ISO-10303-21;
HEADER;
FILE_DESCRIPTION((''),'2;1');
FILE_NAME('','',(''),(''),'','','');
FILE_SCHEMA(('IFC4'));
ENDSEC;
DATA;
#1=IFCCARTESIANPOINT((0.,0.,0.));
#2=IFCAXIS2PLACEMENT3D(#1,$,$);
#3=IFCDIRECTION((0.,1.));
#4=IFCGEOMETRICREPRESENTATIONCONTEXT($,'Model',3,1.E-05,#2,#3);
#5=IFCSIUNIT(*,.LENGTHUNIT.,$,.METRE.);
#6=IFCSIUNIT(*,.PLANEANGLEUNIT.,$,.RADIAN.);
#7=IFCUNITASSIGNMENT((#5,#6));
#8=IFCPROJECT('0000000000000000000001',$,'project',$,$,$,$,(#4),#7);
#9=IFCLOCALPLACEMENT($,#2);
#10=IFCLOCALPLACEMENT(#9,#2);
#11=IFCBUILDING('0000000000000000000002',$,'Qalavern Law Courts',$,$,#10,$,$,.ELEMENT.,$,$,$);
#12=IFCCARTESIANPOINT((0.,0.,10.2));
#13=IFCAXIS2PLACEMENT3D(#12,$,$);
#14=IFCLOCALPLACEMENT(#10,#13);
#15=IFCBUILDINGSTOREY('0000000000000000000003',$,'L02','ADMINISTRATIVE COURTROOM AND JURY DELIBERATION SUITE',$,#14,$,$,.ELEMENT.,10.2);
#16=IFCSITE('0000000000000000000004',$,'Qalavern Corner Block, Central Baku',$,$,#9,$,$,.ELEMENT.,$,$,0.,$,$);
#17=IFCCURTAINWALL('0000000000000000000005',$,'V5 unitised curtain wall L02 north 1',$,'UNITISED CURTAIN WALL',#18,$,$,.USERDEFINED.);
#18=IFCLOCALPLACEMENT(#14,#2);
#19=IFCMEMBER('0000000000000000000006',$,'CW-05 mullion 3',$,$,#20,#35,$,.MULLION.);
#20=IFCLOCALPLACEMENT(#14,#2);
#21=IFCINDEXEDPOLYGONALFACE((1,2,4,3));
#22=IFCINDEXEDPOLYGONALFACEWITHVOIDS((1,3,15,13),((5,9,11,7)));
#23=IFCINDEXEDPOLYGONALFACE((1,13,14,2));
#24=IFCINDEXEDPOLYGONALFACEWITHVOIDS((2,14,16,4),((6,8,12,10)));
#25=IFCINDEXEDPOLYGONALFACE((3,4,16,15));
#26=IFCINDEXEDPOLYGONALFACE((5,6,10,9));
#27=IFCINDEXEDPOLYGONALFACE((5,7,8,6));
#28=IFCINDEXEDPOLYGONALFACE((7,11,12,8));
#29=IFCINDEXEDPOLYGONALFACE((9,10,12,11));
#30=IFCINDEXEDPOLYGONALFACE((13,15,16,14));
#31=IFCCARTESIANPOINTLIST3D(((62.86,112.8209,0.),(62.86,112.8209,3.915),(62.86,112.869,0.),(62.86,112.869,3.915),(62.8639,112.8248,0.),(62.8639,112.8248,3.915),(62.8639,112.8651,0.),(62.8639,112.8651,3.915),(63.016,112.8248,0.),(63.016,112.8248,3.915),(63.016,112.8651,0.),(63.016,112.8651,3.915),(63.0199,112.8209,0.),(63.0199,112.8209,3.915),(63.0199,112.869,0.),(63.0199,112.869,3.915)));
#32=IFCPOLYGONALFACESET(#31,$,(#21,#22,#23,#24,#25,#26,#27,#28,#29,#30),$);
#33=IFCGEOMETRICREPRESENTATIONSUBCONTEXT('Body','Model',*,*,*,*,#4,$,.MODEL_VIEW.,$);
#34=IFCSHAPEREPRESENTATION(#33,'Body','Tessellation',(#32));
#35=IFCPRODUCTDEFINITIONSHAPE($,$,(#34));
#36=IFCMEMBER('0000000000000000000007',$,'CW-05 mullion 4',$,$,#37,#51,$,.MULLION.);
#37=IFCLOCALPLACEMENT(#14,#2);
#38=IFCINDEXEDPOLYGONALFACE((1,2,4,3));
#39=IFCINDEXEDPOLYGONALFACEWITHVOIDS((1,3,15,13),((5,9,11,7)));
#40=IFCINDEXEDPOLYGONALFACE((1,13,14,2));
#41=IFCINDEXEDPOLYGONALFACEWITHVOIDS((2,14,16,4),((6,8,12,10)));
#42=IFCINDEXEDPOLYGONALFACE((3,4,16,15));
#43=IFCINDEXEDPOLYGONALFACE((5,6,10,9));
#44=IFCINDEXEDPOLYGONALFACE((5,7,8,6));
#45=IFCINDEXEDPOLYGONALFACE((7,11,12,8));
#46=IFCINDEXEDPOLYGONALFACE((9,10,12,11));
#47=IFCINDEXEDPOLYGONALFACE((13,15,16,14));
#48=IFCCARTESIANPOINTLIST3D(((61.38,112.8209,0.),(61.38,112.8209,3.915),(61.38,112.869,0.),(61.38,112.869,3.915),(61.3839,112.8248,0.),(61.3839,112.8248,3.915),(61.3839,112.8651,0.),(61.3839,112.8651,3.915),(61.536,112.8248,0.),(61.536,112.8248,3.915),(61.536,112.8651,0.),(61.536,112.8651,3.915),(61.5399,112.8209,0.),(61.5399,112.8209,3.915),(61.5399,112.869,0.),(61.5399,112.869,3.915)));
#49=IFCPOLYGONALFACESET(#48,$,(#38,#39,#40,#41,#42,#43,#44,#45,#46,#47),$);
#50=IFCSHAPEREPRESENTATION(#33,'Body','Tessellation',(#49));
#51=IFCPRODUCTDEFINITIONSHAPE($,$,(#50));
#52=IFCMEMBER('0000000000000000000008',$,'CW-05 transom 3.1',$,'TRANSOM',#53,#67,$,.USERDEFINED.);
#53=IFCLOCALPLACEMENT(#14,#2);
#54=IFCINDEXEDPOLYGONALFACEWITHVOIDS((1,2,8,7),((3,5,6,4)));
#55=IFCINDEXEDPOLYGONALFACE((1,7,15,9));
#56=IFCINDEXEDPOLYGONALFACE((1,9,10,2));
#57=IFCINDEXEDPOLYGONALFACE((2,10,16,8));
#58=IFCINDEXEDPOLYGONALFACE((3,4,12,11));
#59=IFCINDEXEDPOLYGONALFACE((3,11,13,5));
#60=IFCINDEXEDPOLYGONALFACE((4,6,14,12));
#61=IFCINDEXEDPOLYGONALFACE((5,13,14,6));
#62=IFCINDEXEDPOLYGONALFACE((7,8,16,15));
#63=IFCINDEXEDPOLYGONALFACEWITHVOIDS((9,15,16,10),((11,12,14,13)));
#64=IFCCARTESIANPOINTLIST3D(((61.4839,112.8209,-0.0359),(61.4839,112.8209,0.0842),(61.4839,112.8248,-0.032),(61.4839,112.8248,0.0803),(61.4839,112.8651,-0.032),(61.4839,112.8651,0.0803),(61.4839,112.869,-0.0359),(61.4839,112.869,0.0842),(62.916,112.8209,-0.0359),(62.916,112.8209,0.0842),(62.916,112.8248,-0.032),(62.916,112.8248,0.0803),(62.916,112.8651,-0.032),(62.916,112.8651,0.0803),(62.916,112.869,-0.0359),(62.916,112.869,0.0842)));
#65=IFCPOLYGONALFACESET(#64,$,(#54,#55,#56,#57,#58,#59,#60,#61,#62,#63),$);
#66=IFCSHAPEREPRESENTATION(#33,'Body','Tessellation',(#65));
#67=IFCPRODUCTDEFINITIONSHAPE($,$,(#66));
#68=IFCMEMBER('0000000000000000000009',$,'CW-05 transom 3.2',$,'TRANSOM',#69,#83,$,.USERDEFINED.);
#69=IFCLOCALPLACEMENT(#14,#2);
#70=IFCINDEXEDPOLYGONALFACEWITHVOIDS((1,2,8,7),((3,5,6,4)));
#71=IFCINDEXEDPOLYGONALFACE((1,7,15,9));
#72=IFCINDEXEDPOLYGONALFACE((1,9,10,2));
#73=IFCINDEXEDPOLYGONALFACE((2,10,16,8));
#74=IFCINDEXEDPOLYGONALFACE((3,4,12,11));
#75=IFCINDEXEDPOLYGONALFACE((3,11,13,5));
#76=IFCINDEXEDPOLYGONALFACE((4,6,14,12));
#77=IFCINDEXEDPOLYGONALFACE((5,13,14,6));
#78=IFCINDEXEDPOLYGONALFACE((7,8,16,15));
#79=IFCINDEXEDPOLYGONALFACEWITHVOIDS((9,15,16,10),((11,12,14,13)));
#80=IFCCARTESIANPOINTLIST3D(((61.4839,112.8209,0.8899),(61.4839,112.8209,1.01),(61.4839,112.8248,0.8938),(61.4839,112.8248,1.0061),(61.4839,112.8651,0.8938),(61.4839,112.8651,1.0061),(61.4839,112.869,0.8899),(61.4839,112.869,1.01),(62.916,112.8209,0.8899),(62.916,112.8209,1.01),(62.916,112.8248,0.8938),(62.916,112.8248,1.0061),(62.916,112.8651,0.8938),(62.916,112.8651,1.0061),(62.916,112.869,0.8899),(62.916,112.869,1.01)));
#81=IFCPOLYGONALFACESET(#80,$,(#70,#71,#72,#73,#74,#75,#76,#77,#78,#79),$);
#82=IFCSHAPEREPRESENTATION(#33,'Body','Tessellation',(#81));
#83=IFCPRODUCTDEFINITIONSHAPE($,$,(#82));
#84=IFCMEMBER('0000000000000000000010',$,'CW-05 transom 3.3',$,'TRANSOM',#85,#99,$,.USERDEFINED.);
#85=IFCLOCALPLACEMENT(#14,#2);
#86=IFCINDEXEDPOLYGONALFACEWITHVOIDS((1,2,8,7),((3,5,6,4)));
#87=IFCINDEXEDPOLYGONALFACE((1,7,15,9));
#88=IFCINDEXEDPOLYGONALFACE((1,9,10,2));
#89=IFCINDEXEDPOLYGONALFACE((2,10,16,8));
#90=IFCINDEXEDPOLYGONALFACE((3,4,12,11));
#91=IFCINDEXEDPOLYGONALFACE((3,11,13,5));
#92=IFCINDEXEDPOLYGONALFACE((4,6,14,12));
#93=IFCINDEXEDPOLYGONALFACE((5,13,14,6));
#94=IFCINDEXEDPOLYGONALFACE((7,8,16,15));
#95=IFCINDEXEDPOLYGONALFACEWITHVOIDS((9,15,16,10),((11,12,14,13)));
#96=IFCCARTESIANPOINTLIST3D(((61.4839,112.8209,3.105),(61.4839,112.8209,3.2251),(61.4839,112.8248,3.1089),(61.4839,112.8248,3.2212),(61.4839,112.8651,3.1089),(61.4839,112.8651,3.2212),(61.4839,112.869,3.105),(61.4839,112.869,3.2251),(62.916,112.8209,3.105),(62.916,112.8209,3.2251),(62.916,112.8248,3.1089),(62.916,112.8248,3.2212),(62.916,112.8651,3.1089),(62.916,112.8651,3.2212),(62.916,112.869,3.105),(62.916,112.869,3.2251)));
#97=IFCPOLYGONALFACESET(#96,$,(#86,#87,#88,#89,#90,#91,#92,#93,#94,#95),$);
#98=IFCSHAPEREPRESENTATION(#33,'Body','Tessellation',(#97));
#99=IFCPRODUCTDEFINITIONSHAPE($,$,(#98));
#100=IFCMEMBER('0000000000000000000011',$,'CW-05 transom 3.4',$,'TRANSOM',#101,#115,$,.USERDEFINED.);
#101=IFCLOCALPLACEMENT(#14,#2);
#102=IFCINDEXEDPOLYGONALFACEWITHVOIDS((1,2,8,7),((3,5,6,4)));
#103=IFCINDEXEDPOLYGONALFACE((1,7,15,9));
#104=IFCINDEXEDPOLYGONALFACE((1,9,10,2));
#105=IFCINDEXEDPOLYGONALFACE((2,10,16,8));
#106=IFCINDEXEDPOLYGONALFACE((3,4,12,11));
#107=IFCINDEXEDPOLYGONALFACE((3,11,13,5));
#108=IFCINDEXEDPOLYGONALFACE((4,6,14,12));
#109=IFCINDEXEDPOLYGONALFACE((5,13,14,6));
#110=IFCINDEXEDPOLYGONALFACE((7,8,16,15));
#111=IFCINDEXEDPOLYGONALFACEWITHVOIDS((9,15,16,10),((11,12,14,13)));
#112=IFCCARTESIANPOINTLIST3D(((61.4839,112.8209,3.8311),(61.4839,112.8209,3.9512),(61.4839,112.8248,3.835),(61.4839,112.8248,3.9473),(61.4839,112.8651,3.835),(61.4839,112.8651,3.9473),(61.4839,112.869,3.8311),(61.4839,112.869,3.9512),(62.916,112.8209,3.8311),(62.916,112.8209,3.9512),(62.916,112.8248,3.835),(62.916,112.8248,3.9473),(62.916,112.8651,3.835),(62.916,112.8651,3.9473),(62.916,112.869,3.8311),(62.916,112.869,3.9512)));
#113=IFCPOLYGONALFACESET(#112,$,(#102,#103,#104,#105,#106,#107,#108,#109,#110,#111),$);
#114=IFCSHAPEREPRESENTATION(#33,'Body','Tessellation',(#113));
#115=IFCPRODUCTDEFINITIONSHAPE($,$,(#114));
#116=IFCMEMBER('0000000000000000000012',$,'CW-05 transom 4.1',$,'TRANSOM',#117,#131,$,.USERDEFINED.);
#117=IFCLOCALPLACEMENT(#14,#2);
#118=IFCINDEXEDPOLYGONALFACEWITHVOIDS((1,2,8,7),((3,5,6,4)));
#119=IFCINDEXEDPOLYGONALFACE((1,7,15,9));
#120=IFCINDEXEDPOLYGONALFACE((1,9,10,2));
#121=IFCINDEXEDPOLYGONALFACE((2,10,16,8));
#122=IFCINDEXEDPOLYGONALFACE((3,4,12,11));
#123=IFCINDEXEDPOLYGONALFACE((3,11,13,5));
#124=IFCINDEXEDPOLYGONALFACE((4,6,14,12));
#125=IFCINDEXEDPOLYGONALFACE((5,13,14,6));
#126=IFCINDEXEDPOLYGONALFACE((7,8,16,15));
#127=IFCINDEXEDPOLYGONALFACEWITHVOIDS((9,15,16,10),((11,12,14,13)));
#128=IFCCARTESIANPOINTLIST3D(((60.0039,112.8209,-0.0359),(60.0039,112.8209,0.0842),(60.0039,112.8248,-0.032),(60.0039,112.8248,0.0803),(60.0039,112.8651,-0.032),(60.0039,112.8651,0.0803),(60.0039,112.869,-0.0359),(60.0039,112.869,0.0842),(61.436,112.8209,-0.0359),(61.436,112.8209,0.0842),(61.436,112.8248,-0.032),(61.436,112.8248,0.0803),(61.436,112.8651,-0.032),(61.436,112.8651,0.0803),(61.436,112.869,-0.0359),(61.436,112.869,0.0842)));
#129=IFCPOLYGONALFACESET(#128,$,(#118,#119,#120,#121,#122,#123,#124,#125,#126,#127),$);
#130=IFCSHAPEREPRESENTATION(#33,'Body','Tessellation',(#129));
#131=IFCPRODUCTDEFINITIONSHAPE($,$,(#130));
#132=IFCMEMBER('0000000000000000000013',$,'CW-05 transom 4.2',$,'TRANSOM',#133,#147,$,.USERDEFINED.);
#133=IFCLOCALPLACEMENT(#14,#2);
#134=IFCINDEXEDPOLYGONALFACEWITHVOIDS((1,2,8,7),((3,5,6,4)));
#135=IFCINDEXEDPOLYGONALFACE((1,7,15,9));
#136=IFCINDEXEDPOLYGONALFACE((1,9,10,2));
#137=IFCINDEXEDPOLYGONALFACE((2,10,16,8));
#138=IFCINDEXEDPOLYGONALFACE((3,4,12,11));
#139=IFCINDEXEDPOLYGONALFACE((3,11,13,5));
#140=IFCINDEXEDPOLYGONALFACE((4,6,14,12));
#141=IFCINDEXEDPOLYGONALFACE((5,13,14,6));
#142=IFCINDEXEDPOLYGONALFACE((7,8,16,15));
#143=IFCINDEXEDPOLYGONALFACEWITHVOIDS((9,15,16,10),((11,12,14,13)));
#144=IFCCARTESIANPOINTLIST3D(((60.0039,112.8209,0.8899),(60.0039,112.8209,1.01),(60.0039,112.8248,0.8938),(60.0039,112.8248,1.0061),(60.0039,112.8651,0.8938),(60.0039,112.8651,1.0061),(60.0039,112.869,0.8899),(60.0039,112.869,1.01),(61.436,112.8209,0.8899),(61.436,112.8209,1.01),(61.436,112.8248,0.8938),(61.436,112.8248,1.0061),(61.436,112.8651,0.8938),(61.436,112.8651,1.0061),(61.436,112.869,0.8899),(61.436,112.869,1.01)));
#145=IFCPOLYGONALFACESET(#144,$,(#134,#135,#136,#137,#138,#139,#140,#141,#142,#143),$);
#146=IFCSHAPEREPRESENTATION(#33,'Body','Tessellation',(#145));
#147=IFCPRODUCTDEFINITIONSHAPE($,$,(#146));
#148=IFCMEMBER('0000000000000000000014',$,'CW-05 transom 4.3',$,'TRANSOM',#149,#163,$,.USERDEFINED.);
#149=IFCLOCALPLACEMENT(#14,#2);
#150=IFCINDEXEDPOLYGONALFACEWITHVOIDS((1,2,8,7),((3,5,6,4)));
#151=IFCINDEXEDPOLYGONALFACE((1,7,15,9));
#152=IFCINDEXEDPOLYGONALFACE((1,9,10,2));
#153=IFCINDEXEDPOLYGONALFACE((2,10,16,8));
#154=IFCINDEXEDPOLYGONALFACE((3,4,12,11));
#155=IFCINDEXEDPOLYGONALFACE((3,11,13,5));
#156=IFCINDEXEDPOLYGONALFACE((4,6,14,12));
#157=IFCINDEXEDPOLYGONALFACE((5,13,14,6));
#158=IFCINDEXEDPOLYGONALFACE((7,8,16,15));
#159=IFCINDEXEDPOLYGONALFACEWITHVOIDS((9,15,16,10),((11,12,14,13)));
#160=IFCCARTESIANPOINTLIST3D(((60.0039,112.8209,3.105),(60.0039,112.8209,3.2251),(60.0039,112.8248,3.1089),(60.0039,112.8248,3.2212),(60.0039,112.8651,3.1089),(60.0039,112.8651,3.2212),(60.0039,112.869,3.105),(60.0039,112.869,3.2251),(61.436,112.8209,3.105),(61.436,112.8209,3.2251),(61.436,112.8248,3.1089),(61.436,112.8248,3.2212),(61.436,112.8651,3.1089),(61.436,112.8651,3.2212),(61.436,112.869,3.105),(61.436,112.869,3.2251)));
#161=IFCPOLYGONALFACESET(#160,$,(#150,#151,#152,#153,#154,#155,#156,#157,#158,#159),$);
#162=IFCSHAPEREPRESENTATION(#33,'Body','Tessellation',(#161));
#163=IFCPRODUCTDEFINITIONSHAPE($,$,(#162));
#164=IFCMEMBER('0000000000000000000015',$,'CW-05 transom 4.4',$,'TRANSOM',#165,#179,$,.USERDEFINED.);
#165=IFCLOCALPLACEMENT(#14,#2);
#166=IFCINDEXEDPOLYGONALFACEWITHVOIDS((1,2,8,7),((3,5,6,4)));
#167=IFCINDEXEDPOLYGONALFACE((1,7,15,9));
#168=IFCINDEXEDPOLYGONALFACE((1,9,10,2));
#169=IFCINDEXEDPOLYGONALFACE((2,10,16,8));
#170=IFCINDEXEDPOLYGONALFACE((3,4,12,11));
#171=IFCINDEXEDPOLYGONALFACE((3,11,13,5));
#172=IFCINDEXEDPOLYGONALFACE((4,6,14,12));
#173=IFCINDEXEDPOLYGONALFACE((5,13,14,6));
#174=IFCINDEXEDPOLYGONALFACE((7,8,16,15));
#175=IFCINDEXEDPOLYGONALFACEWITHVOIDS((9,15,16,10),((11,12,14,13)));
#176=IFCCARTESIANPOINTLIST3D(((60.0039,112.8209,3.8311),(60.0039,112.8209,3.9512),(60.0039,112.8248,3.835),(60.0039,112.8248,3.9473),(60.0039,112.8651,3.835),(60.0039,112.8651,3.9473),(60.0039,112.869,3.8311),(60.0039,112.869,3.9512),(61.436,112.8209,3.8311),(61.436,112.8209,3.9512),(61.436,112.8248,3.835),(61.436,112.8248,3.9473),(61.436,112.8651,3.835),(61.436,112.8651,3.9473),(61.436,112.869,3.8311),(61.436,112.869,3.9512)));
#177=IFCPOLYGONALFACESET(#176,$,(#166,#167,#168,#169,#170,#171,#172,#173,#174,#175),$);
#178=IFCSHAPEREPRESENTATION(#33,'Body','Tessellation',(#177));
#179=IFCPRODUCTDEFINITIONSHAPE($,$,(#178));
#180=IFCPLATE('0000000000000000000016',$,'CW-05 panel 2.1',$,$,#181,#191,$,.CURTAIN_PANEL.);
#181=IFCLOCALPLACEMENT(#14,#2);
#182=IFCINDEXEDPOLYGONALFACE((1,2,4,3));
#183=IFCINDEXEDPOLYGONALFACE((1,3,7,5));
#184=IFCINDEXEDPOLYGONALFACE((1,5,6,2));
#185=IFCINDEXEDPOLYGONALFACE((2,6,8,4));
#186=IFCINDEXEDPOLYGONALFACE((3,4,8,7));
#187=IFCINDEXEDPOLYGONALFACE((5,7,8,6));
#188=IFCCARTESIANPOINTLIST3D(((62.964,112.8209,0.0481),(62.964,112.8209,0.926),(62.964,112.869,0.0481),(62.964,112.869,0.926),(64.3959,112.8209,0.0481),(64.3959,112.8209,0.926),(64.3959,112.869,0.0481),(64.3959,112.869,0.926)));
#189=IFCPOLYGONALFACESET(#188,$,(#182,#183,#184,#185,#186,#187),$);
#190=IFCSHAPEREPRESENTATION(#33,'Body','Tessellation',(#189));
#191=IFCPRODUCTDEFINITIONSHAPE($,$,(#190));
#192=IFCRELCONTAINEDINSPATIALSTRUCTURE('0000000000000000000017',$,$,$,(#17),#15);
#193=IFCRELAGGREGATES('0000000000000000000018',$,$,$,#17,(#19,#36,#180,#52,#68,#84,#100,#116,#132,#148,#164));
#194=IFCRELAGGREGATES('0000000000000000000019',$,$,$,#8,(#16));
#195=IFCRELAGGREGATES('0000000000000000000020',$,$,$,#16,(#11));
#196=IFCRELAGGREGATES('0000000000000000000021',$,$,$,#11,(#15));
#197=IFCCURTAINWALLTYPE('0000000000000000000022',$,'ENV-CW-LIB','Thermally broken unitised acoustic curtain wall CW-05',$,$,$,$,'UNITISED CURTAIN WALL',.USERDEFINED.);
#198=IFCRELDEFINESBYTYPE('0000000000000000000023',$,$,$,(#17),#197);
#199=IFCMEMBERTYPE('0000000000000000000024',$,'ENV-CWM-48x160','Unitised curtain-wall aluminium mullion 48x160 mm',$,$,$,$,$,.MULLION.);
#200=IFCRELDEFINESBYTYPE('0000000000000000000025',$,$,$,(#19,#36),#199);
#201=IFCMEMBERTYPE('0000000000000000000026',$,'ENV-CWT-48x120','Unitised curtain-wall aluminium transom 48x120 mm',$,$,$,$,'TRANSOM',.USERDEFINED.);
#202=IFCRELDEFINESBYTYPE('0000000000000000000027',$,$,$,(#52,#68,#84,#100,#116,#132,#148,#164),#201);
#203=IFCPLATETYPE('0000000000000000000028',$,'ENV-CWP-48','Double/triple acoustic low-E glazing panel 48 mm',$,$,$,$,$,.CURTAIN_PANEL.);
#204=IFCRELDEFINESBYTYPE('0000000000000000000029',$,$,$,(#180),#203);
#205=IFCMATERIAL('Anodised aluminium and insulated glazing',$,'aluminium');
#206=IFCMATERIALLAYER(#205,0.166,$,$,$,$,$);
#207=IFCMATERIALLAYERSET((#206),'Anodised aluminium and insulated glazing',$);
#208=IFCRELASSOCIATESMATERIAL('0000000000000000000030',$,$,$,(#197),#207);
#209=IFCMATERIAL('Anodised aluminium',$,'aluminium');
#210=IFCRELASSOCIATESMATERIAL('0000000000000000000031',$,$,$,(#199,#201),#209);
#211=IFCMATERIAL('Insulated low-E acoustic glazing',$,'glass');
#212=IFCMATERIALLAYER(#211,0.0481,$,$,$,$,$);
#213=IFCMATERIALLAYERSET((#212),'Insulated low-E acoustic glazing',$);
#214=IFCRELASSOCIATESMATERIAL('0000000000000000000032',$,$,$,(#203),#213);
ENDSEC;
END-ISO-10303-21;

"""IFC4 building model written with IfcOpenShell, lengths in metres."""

from ifc_helpers import new_model, si_unit, direction, frame, origin, origin_2d, place, context, subcontext, project, spatial, rectangle, hollow_rectangle, extrude, material, layer, layer_set, material_profile, profile_set, type_object, element, aggregate, save


model = new_model("IFC4")

# Units and contexts
model_context = context("Model", 3, precision=1e-05, world=origin(), true_north=direction((0.0, 1.0)))
body_context = subcontext(model_context, "Body", "Model", "MODEL_VIEW")
ifc_project = project(units=[si_unit("LENGTHUNIT", "METRE"), si_unit("PLANEANGLEUNIT", "RADIAN")], contexts=[model_context])

# Site, building, storey
site_placement = place(None, origin())
site = spatial("IfcSite", under=ifc_project, at=site_placement, Name="Qalavern Corner Block, Central Baku", CompositionType="ELEMENT", RefElevation=0.0)
building_placement = place(site_placement, origin())
building = spatial("IfcBuilding", under=site, at=building_placement, Name="Qalavern Law Courts", CompositionType="ELEMENT")
storey_placement = place(building_placement, frame((0.0, 0.0, 10.2)))
storey = spatial("IfcBuildingStorey", under=building, at=storey_placement, Name="L02", Description="ADMINISTRATIVE COURTROOM AND JURY DELIBERATION SUITE", CompositionType="ELEMENT", Elevation=10.2)

# Curtain wall, members, plate
ifc_material_1 = material(Name="Anodised aluminium and insulated glazing", Category="aluminium")
ifc_layer_1 = layer(ifc_material_1, 0.166)
ifc_layer_set_1 = layer_set([ifc_layer_1], Name="Anodised aluminium and insulated glazing")
curtain_wall_type = type_object("IfcCurtainWallType", Name="ENV-CW-LIB", Description="Thermally broken unitised acoustic curtain wall CW-05", ElementType="UNITISED CURTAIN WALL", PredefinedType="USERDEFINED", material=ifc_layer_set_1)
curtain_wall_placement = place(storey_placement, origin())
curtain_wall = element("IfcCurtainWall", 1, at=curtain_wall_placement, inside=storey, type_object=curtain_wall_type, Name="V5 unitised curtain wall L02 north 1", ObjectType="UNITISED CURTAIN WALL", PredefinedType="USERDEFINED")
ifc_material_2 = material(Name="Anodised aluminium", Category="aluminium")
ifc_material_profile_1 = material_profile(ifc_material_2, hollow_rectangle(XDim=0.0481, YDim=0.1599, WallThickness=0.0039, at=origin_2d()), Name="ALU MULLION 48x160")
ifc_profile_set_1 = profile_set([ifc_material_profile_1], Name="Anodised aluminium")
member_type_1 = type_object("IfcMemberType", Name="ENV-CWM-48x160", Description="Unitised curtain-wall aluminium mullion 48x160 mm", PredefinedType="MULLION", material=ifc_profile_set_1)
member_1_placement = place(storey_placement, frame((62.9399, 112.845, 0.0), z_axis=(0.0, 0.0, 1.0), x_axis=(0.0, -1.0, 0.0)))
member_1 = element("IfcMember", 2, at=member_1_placement, type_object=member_type_1, Name="CW-05 mullion 3", PredefinedType="MULLION", context=body_context, shape_type="SweptSolid", body=[
    extrude(hollow_rectangle(XDim=0.0481, YDim=0.1599, WallThickness=0.0039, at=origin_2d()), origin(), (0.0, 0.0, 1.0), 3.915),
])
member_2_placement = place(storey_placement, frame((61.46, 112.845, 0.0), z_axis=(0.0, 0.0, 1.0), x_axis=(0.0, -1.0, 0.0)))
member_2 = element("IfcMember", 3, at=member_2_placement, type_object=member_type_1, Name="CW-05 mullion 4", PredefinedType="MULLION", context=body_context, shape_type="SweptSolid", body=[
    extrude(hollow_rectangle(XDim=0.0481, YDim=0.1599, WallThickness=0.0039, at=origin_2d()), origin(), (0.0, 0.0, 1.0), 3.915),
])
ifc_material_profile_2 = material_profile(ifc_material_2, hollow_rectangle(XDim=0.0481, YDim=0.1201, WallThickness=0.0039, at=origin_2d()), Name="ALU TRANSOM 48x120")
ifc_profile_set_2 = profile_set([ifc_material_profile_2], Name="Anodised aluminium")
member_type_2 = type_object("IfcMemberType", Name="ENV-CWT-48x120", Description="Unitised curtain-wall aluminium transom 48x120 mm", ElementType="TRANSOM", PredefinedType="USERDEFINED", material=ifc_profile_set_2)
member_3_placement = place(storey_placement, frame((62.916, 112.845, 0.0242), z_axis=(-1.0, 0.0, 0.0), x_axis=(0.0, -1.0, 0.0)))
member_3 = element("IfcMember", 4, at=member_3_placement, type_object=member_type_2, Name="CW-05 transom 3.1", ObjectType="TRANSOM", PredefinedType="USERDEFINED", context=body_context, shape_type="SweptSolid", body=[
    extrude(hollow_rectangle(XDim=0.0481, YDim=0.1201, WallThickness=0.0039, at=origin_2d()), origin(), (0.0, 0.0, 1.0), 1.4321),
])
member_4_placement = place(storey_placement, frame((62.916, 112.845, 0.95), z_axis=(-1.0, 0.0, 0.0), x_axis=(0.0, -1.0, 0.0)))
member_4 = element("IfcMember", 5, at=member_4_placement, type_object=member_type_2, Name="CW-05 transom 3.2", ObjectType="TRANSOM", PredefinedType="USERDEFINED", context=body_context, shape_type="SweptSolid", body=[
    extrude(hollow_rectangle(XDim=0.0481, YDim=0.1201, WallThickness=0.0039, at=origin_2d()), origin(), (0.0, 0.0, 1.0), 1.4321),
])
member_5_placement = place(storey_placement, frame((62.916, 112.845, 3.165), z_axis=(-1.0, 0.0, 0.0), x_axis=(0.0, -1.0, 0.0)))
member_5 = element("IfcMember", 6, at=member_5_placement, type_object=member_type_2, Name="CW-05 transom 3.3", ObjectType="TRANSOM", PredefinedType="USERDEFINED", context=body_context, shape_type="SweptSolid", body=[
    extrude(hollow_rectangle(XDim=0.0481, YDim=0.1201, WallThickness=0.0039, at=origin_2d()), origin(), (0.0, 0.0, 1.0), 1.4321),
])
member_6_placement = place(storey_placement, frame((62.916, 112.845, 3.8911), z_axis=(-1.0, 0.0, 0.0), x_axis=(0.0, -1.0, 0.0)))
member_6 = element("IfcMember", 7, at=member_6_placement, type_object=member_type_2, Name="CW-05 transom 3.4", ObjectType="TRANSOM", PredefinedType="USERDEFINED", context=body_context, shape_type="SweptSolid", body=[
    extrude(hollow_rectangle(XDim=0.0481, YDim=0.1201, WallThickness=0.0039, at=origin_2d()), origin(), (0.0, 0.0, 1.0), 1.4321),
])
member_7_placement = place(storey_placement, frame((61.436, 112.845, 0.0242), z_axis=(-1.0, 0.0, 0.0), x_axis=(0.0, -1.0, 0.0)))
member_7 = element("IfcMember", 8, at=member_7_placement, type_object=member_type_2, Name="CW-05 transom 4.1", ObjectType="TRANSOM", PredefinedType="USERDEFINED", context=body_context, shape_type="SweptSolid", body=[
    extrude(hollow_rectangle(XDim=0.0481, YDim=0.1201, WallThickness=0.0039, at=origin_2d()), origin(), (0.0, 0.0, 1.0), 1.4321),
])
member_8_placement = place(storey_placement, frame((61.436, 112.845, 0.95), z_axis=(-1.0, 0.0, 0.0), x_axis=(0.0, -1.0, 0.0)))
member_8 = element("IfcMember", 9, at=member_8_placement, type_object=member_type_2, Name="CW-05 transom 4.2", ObjectType="TRANSOM", PredefinedType="USERDEFINED", context=body_context, shape_type="SweptSolid", body=[
    extrude(hollow_rectangle(XDim=0.0481, YDim=0.1201, WallThickness=0.0039, at=origin_2d()), origin(), (0.0, 0.0, 1.0), 1.4321),
])
member_9_placement = place(storey_placement, frame((61.436, 112.845, 3.165), z_axis=(-1.0, 0.0, 0.0), x_axis=(0.0, -1.0, 0.0)))
member_9 = element("IfcMember", 10, at=member_9_placement, type_object=member_type_2, Name="CW-05 transom 4.3", ObjectType="TRANSOM", PredefinedType="USERDEFINED", context=body_context, shape_type="SweptSolid", body=[
    extrude(hollow_rectangle(XDim=0.0481, YDim=0.1201, WallThickness=0.0039, at=origin_2d()), origin(), (0.0, 0.0, 1.0), 1.4321),
])
member_10_placement = place(storey_placement, frame((61.436, 112.845, 3.8911), z_axis=(-1.0, 0.0, 0.0), x_axis=(0.0, -1.0, 0.0)))
member_10 = element("IfcMember", 11, at=member_10_placement, type_object=member_type_2, Name="CW-05 transom 4.4", ObjectType="TRANSOM", PredefinedType="USERDEFINED", context=body_context, shape_type="SweptSolid", body=[
    extrude(hollow_rectangle(XDim=0.0481, YDim=0.1201, WallThickness=0.0039, at=origin_2d()), origin(), (0.0, 0.0, 1.0), 1.4321),
])
ifc_material_3 = material(Name="Insulated low-E acoustic glazing", Category="glass")
ifc_layer_2 = layer(ifc_material_3, 0.0481)
ifc_layer_set_2 = layer_set([ifc_layer_2], Name="Insulated low-E acoustic glazing")
plate_type = type_object("IfcPlateType", Name="ENV-CWP-48", Description="Double/triple acoustic low-E glazing panel 48 mm", PredefinedType="CURTAIN_PANEL", material=ifc_layer_set_2)
plate_1_placement = place(storey_placement, frame((63.6799, 112.845, 0.0481), z_axis=(0.0, 0.0, 1.0), x_axis=(-1.0, 0.0, 0.0)))
plate_1 = element("IfcPlate", 12, at=plate_1_placement, type_object=plate_type, Name="CW-05 panel 2.1", PredefinedType="CURTAIN_PANEL", context=body_context, shape_type="SweptSolid", body=[
    extrude(rectangle(XDim=1.4319, YDim=0.0481, at=origin_2d()), origin(), (0.0, 0.0, 1.0), 0.8779),
])
aggregate(curtain_wall, [member_1, member_2, plate_1, member_3, member_4, member_5, member_6, member_7, member_8, member_9, member_10])

save(model, "model.ifc")
